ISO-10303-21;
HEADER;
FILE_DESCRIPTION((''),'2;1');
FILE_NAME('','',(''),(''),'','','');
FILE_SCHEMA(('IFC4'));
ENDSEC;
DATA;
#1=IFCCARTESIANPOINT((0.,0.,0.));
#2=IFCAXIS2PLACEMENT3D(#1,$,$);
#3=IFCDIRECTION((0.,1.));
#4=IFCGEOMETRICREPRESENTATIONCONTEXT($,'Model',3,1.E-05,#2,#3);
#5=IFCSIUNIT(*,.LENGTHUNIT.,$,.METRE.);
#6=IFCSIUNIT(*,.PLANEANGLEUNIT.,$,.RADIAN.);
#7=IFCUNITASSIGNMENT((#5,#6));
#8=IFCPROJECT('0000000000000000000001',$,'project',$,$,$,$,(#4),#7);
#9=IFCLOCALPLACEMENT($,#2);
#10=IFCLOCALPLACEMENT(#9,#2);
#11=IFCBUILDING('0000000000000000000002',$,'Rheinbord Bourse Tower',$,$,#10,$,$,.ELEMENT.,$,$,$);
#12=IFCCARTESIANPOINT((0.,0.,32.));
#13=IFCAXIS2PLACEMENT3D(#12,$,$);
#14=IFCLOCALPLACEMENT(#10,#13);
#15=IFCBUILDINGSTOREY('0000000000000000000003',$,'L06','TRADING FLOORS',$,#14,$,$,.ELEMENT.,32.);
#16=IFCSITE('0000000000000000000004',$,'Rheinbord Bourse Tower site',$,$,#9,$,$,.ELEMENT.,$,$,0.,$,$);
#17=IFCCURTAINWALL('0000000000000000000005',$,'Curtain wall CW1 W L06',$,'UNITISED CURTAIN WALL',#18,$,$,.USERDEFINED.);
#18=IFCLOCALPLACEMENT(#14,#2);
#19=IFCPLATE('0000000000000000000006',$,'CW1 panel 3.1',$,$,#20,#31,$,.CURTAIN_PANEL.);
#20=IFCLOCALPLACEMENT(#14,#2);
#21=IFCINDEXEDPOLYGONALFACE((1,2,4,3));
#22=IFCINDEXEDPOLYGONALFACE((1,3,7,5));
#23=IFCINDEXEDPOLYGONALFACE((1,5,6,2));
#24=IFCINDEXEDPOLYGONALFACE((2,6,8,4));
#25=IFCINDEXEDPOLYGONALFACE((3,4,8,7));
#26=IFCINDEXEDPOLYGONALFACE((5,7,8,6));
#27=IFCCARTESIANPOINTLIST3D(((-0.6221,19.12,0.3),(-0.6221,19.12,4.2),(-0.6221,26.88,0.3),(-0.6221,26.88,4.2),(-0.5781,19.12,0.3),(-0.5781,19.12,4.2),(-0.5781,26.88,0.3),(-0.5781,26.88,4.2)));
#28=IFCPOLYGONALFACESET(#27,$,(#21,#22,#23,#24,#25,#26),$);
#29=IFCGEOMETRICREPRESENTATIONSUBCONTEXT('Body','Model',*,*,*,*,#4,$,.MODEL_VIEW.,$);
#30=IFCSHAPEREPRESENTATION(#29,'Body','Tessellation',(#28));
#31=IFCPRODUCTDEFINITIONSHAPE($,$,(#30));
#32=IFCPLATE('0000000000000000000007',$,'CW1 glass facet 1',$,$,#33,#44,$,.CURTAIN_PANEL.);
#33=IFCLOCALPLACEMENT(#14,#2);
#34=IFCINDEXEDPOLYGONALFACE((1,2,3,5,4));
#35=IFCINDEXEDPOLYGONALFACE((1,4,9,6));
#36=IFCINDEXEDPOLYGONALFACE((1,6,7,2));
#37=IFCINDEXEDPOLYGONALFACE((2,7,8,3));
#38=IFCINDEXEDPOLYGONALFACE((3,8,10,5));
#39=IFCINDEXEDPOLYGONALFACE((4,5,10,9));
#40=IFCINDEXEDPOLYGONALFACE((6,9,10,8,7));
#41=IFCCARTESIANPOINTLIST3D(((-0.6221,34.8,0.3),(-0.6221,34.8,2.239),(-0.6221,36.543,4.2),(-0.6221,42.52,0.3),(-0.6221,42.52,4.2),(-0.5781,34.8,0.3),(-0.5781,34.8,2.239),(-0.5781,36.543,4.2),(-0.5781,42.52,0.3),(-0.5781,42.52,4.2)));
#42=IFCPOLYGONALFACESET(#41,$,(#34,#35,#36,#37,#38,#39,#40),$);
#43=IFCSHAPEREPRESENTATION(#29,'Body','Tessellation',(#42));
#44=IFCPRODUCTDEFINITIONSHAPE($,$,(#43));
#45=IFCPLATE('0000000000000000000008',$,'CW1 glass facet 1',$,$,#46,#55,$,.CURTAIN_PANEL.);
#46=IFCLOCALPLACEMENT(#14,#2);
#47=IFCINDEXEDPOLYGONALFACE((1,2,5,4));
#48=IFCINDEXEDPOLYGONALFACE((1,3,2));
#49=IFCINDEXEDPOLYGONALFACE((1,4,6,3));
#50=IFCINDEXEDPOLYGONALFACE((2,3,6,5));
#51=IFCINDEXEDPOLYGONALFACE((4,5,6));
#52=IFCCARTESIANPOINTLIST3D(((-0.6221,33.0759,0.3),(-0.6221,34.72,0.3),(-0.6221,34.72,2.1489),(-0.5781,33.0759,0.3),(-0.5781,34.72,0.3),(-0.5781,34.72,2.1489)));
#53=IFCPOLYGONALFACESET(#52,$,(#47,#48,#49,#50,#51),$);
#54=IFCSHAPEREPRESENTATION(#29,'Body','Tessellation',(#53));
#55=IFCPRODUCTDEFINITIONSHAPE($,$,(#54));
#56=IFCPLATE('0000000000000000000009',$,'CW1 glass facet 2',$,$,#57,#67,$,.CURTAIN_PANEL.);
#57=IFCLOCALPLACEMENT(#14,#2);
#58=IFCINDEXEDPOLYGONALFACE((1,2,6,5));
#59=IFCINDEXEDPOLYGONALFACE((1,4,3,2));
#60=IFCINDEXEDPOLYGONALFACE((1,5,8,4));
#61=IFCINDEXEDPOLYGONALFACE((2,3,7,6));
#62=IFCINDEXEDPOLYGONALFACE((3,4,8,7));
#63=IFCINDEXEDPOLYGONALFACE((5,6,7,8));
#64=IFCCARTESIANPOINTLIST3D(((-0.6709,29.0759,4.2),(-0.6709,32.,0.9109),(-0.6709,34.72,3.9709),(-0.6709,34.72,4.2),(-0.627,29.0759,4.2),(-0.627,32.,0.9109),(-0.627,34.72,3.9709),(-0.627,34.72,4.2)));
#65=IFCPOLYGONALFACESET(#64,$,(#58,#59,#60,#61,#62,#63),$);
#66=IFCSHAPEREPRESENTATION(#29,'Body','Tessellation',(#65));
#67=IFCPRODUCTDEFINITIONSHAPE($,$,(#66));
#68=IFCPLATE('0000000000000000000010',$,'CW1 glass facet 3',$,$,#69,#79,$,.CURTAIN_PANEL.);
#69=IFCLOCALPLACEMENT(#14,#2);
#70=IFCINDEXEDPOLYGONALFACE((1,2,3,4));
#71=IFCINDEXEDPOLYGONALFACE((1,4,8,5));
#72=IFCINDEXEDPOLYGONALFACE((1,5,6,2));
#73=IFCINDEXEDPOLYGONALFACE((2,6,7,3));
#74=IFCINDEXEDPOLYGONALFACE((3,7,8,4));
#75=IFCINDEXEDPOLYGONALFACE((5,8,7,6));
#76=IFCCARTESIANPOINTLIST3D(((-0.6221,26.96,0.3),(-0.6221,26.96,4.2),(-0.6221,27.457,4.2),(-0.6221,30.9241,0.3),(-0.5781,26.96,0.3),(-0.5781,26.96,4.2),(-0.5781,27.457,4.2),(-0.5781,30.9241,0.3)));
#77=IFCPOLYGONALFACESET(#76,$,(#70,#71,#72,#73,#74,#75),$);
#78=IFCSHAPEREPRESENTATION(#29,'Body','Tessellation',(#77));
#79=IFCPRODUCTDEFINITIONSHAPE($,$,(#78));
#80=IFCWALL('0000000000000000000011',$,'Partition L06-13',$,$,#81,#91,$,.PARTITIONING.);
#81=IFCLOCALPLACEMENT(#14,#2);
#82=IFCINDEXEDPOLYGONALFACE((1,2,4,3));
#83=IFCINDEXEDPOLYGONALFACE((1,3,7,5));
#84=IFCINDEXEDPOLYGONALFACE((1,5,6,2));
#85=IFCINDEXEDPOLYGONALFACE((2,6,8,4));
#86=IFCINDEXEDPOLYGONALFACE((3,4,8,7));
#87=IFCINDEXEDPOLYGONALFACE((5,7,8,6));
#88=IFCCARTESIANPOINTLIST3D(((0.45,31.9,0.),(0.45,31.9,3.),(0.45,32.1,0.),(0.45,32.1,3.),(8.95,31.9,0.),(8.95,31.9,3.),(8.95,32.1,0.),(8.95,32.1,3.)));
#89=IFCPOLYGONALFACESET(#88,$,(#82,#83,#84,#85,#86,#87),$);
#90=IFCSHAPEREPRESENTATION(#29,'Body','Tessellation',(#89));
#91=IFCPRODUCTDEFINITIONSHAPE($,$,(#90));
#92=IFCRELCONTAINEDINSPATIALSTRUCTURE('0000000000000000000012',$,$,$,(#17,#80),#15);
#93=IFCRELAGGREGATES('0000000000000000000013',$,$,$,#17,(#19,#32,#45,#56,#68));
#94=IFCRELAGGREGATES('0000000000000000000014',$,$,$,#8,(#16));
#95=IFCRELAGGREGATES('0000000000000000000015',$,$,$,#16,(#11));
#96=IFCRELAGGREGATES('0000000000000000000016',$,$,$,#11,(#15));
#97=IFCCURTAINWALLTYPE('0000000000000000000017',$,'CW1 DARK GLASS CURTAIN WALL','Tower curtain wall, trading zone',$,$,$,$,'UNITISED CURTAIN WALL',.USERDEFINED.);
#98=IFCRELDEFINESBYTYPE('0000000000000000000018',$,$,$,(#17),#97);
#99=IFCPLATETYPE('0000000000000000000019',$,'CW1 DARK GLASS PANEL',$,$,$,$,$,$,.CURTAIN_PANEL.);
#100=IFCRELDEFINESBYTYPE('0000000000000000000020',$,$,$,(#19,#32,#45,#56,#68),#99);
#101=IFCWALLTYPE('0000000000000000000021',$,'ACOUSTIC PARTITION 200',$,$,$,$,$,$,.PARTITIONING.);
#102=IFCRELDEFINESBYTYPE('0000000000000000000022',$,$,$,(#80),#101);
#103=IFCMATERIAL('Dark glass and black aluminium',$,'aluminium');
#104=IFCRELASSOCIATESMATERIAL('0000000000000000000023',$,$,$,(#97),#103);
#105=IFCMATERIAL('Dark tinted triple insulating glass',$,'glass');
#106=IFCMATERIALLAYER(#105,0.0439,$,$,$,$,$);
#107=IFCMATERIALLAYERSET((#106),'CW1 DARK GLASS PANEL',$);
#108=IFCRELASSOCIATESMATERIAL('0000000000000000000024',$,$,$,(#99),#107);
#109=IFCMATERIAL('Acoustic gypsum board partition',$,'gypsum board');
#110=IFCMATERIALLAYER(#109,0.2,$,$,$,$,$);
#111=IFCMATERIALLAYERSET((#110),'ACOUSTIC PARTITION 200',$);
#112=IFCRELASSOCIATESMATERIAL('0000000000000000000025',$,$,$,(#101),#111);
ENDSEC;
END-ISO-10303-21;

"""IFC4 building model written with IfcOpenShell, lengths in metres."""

from ifc_helpers import new_model, si_unit, direction, frame, frame_2d, origin, origin_2d, place, context, subcontext, project, spatial, polyline, rectangle, outline, extrude, material, layer, layer_set, type_object, element, aggregate, save


model = new_model("IFC4")

# Units and contexts
model_context = context("Model", 3, precision=1e-05, world=origin(), true_north=direction((0.0, 1.0)))
body_context = subcontext(model_context, "Body", "Model", "MODEL_VIEW")
ifc_project = project(units=[si_unit("LENGTHUNIT", "METRE"), si_unit("PLANEANGLEUNIT", "RADIAN")], contexts=[model_context])

# Site, building, storey
site_placement = place(None, origin())
site = spatial("IfcSite", under=ifc_project, at=site_placement, Name="Rheinbord Bourse Tower site", CompositionType="ELEMENT", RefElevation=0.0)
building_placement = place(site_placement, origin())
building = spatial("IfcBuilding", under=site, at=building_placement, Name="Rheinbord Bourse Tower", CompositionType="ELEMENT")
storey_placement = place(building_placement, frame((0.0, 0.0, 32.0)))
storey = spatial("IfcBuildingStorey", under=building, at=storey_placement, Name="L06", Description="TRADING FLOORS", CompositionType="ELEMENT", Elevation=32.0)

# Curtain wall
ifc_material_1 = material(Name="Dark glass and black aluminium", Category="aluminium")
curtain_wall_type = type_object("IfcCurtainWallType", Name="CW1 DARK GLASS CURTAIN WALL", Description="Tower curtain wall, trading zone", ElementType="UNITISED CURTAIN WALL", PredefinedType="USERDEFINED", material=ifc_material_1)
curtain_wall_placement = place(storey_placement, origin())
curtain_wall = element("IfcCurtainWall", 1, at=curtain_wall_placement, inside=storey, type_object=curtain_wall_type, Name="Curtain wall CW1 W L06", ObjectType="UNITISED CURTAIN WALL", PredefinedType="USERDEFINED")

# Plates
ifc_material_2 = material(Name="Dark tinted triple insulating glass", Category="glass")
ifc_layer_1 = layer(ifc_material_2, 0.0439)
ifc_layer_set_1 = layer_set([ifc_layer_1], Name="CW1 DARK GLASS PANEL")
plate_type = type_object("IfcPlateType", Name="CW1 DARK GLASS PANEL", PredefinedType="CURTAIN_PANEL", material=ifc_layer_set_1)
plate_1_placement = place(storey_placement, frame((-0.6001, 23.0, 0.3), z_axis=(0.0, 0.0, 1.0), x_axis=(0.0, -1.0, 0.0)))
plate_1 = element("IfcPlate", 2, at=plate_1_placement, type_object=plate_type, Name="CW1 panel 3.1", PredefinedType="CURTAIN_PANEL", context=body_context, shape_type="SweptSolid", body=[
    extrude(rectangle(XDim=7.76, YDim=0.0439, at=origin_2d()), origin(), (0.0, 0.0, 1.0), 3.8999),
])
plate_2_placement = place(storey_placement, frame((-0.6221, 34.8, 0.3), z_axis=(1.0, 0.0, 0.0), x_axis=(0.0, 1.0, 0.0)))
plate_2 = element("IfcPlate", 3, at=plate_2_placement, type_object=plate_type, Name="CW1 glass facet 1", PredefinedType="CURTAIN_PANEL", context=body_context, shape_type="SweptSolid", body=[
    extrude(outline(polyline([(0.0, 0.0), (7.72, 0.0), (7.72, 3.8999), (1.7429, 3.8999), (0.0, 1.939), (0.0, 0.0)])), origin(), (0.0, 0.0, 1.0), 0.0439),
])
plate_3_placement = place(storey_placement, frame((-0.6221, 34.72, 0.3), z_axis=(1.0, 0.0, 0.0), x_axis=(0.0, 0.0, 1.0)))
plate_3 = element("IfcPlate", 4, at=plate_3_placement, type_object=plate_type, Name="CW1 glass facet 1", PredefinedType="CURTAIN_PANEL", context=body_context, shape_type="SweptSolid", body=[
    extrude(outline(polyline([(0.0, 0.0), (1.8489, 0.0), (0.0, 1.644), (0.0, 0.0)])), origin(), (0.0, 0.0, 1.0), 0.0439),
])
plate_4_placement = place(storey_placement, frame((-0.6709, 34.72, 4.2), z_axis=(1.0, 0.0, 0.0), x_axis=(0.0, -1.0, 0.0)))
plate_4 = element("IfcPlate", 5, at=plate_4_placement, type_object=plate_type, Name="CW1 glass facet 2", PredefinedType="CURTAIN_PANEL", context=body_context, shape_type="SweptSolid", body=[
    extrude(outline(polyline([(0.0, 0.0), (5.644, 0.0), (2.72, 3.2891), (0.0, 0.229), (0.0, 0.0)])), origin(), (0.0, 0.0, 1.0), 0.0439),
])
plate_5_placement = place(storey_placement, frame((-0.6221, 26.96, 4.2), z_axis=(1.0, 0.0, 0.0), x_axis=(0.0, 0.0, -1.0)))
plate_5 = element("IfcPlate", 6, at=plate_5_placement, type_object=plate_type, Name="CW1 glass facet 3", PredefinedType="CURTAIN_PANEL", context=body_context, shape_type="SweptSolid", body=[
    extrude(outline(polyline([(0.0, 0.0), (3.8999, 0.0), (3.8999, 3.9641), (0.0, 0.4971), (0.0, 0.0)])), origin(), (0.0, 0.0, 1.0), 0.0439),
])
aggregate(curtain_wall, [plate_1, plate_2, plate_3, plate_4, plate_5])

# Wall
ifc_material_3 = material(Name="Acoustic gypsum board partition", Category="gypsum board")
ifc_layer_2 = layer(ifc_material_3, 0.2)
ifc_layer_set_2 = layer_set([ifc_layer_2], Name="ACOUSTIC PARTITION 200")
wall_type = type_object("IfcWallType", Name="ACOUSTIC PARTITION 200", PredefinedType="PARTITIONING", material=ifc_layer_set_2)
wall_placement = place(storey_placement, frame((0.45, 32.0, 0.0), z_axis=(0.0, 0.0, 1.0), x_axis=(1.0, 0.0, 0.0)))
element("IfcWall", 7, at=wall_placement, inside=storey, type_object=wall_type, Name="Partition L06-13", PredefinedType="PARTITIONING", context=body_context, shape_type="SweptSolid", body=[
    extrude(rectangle(XDim=8.5, YDim=0.2, at=frame_2d((4.25, 0.0))), origin(), (0.0, 0.0, 1.0), 3.0),
])

save(model, "model.ifc")
